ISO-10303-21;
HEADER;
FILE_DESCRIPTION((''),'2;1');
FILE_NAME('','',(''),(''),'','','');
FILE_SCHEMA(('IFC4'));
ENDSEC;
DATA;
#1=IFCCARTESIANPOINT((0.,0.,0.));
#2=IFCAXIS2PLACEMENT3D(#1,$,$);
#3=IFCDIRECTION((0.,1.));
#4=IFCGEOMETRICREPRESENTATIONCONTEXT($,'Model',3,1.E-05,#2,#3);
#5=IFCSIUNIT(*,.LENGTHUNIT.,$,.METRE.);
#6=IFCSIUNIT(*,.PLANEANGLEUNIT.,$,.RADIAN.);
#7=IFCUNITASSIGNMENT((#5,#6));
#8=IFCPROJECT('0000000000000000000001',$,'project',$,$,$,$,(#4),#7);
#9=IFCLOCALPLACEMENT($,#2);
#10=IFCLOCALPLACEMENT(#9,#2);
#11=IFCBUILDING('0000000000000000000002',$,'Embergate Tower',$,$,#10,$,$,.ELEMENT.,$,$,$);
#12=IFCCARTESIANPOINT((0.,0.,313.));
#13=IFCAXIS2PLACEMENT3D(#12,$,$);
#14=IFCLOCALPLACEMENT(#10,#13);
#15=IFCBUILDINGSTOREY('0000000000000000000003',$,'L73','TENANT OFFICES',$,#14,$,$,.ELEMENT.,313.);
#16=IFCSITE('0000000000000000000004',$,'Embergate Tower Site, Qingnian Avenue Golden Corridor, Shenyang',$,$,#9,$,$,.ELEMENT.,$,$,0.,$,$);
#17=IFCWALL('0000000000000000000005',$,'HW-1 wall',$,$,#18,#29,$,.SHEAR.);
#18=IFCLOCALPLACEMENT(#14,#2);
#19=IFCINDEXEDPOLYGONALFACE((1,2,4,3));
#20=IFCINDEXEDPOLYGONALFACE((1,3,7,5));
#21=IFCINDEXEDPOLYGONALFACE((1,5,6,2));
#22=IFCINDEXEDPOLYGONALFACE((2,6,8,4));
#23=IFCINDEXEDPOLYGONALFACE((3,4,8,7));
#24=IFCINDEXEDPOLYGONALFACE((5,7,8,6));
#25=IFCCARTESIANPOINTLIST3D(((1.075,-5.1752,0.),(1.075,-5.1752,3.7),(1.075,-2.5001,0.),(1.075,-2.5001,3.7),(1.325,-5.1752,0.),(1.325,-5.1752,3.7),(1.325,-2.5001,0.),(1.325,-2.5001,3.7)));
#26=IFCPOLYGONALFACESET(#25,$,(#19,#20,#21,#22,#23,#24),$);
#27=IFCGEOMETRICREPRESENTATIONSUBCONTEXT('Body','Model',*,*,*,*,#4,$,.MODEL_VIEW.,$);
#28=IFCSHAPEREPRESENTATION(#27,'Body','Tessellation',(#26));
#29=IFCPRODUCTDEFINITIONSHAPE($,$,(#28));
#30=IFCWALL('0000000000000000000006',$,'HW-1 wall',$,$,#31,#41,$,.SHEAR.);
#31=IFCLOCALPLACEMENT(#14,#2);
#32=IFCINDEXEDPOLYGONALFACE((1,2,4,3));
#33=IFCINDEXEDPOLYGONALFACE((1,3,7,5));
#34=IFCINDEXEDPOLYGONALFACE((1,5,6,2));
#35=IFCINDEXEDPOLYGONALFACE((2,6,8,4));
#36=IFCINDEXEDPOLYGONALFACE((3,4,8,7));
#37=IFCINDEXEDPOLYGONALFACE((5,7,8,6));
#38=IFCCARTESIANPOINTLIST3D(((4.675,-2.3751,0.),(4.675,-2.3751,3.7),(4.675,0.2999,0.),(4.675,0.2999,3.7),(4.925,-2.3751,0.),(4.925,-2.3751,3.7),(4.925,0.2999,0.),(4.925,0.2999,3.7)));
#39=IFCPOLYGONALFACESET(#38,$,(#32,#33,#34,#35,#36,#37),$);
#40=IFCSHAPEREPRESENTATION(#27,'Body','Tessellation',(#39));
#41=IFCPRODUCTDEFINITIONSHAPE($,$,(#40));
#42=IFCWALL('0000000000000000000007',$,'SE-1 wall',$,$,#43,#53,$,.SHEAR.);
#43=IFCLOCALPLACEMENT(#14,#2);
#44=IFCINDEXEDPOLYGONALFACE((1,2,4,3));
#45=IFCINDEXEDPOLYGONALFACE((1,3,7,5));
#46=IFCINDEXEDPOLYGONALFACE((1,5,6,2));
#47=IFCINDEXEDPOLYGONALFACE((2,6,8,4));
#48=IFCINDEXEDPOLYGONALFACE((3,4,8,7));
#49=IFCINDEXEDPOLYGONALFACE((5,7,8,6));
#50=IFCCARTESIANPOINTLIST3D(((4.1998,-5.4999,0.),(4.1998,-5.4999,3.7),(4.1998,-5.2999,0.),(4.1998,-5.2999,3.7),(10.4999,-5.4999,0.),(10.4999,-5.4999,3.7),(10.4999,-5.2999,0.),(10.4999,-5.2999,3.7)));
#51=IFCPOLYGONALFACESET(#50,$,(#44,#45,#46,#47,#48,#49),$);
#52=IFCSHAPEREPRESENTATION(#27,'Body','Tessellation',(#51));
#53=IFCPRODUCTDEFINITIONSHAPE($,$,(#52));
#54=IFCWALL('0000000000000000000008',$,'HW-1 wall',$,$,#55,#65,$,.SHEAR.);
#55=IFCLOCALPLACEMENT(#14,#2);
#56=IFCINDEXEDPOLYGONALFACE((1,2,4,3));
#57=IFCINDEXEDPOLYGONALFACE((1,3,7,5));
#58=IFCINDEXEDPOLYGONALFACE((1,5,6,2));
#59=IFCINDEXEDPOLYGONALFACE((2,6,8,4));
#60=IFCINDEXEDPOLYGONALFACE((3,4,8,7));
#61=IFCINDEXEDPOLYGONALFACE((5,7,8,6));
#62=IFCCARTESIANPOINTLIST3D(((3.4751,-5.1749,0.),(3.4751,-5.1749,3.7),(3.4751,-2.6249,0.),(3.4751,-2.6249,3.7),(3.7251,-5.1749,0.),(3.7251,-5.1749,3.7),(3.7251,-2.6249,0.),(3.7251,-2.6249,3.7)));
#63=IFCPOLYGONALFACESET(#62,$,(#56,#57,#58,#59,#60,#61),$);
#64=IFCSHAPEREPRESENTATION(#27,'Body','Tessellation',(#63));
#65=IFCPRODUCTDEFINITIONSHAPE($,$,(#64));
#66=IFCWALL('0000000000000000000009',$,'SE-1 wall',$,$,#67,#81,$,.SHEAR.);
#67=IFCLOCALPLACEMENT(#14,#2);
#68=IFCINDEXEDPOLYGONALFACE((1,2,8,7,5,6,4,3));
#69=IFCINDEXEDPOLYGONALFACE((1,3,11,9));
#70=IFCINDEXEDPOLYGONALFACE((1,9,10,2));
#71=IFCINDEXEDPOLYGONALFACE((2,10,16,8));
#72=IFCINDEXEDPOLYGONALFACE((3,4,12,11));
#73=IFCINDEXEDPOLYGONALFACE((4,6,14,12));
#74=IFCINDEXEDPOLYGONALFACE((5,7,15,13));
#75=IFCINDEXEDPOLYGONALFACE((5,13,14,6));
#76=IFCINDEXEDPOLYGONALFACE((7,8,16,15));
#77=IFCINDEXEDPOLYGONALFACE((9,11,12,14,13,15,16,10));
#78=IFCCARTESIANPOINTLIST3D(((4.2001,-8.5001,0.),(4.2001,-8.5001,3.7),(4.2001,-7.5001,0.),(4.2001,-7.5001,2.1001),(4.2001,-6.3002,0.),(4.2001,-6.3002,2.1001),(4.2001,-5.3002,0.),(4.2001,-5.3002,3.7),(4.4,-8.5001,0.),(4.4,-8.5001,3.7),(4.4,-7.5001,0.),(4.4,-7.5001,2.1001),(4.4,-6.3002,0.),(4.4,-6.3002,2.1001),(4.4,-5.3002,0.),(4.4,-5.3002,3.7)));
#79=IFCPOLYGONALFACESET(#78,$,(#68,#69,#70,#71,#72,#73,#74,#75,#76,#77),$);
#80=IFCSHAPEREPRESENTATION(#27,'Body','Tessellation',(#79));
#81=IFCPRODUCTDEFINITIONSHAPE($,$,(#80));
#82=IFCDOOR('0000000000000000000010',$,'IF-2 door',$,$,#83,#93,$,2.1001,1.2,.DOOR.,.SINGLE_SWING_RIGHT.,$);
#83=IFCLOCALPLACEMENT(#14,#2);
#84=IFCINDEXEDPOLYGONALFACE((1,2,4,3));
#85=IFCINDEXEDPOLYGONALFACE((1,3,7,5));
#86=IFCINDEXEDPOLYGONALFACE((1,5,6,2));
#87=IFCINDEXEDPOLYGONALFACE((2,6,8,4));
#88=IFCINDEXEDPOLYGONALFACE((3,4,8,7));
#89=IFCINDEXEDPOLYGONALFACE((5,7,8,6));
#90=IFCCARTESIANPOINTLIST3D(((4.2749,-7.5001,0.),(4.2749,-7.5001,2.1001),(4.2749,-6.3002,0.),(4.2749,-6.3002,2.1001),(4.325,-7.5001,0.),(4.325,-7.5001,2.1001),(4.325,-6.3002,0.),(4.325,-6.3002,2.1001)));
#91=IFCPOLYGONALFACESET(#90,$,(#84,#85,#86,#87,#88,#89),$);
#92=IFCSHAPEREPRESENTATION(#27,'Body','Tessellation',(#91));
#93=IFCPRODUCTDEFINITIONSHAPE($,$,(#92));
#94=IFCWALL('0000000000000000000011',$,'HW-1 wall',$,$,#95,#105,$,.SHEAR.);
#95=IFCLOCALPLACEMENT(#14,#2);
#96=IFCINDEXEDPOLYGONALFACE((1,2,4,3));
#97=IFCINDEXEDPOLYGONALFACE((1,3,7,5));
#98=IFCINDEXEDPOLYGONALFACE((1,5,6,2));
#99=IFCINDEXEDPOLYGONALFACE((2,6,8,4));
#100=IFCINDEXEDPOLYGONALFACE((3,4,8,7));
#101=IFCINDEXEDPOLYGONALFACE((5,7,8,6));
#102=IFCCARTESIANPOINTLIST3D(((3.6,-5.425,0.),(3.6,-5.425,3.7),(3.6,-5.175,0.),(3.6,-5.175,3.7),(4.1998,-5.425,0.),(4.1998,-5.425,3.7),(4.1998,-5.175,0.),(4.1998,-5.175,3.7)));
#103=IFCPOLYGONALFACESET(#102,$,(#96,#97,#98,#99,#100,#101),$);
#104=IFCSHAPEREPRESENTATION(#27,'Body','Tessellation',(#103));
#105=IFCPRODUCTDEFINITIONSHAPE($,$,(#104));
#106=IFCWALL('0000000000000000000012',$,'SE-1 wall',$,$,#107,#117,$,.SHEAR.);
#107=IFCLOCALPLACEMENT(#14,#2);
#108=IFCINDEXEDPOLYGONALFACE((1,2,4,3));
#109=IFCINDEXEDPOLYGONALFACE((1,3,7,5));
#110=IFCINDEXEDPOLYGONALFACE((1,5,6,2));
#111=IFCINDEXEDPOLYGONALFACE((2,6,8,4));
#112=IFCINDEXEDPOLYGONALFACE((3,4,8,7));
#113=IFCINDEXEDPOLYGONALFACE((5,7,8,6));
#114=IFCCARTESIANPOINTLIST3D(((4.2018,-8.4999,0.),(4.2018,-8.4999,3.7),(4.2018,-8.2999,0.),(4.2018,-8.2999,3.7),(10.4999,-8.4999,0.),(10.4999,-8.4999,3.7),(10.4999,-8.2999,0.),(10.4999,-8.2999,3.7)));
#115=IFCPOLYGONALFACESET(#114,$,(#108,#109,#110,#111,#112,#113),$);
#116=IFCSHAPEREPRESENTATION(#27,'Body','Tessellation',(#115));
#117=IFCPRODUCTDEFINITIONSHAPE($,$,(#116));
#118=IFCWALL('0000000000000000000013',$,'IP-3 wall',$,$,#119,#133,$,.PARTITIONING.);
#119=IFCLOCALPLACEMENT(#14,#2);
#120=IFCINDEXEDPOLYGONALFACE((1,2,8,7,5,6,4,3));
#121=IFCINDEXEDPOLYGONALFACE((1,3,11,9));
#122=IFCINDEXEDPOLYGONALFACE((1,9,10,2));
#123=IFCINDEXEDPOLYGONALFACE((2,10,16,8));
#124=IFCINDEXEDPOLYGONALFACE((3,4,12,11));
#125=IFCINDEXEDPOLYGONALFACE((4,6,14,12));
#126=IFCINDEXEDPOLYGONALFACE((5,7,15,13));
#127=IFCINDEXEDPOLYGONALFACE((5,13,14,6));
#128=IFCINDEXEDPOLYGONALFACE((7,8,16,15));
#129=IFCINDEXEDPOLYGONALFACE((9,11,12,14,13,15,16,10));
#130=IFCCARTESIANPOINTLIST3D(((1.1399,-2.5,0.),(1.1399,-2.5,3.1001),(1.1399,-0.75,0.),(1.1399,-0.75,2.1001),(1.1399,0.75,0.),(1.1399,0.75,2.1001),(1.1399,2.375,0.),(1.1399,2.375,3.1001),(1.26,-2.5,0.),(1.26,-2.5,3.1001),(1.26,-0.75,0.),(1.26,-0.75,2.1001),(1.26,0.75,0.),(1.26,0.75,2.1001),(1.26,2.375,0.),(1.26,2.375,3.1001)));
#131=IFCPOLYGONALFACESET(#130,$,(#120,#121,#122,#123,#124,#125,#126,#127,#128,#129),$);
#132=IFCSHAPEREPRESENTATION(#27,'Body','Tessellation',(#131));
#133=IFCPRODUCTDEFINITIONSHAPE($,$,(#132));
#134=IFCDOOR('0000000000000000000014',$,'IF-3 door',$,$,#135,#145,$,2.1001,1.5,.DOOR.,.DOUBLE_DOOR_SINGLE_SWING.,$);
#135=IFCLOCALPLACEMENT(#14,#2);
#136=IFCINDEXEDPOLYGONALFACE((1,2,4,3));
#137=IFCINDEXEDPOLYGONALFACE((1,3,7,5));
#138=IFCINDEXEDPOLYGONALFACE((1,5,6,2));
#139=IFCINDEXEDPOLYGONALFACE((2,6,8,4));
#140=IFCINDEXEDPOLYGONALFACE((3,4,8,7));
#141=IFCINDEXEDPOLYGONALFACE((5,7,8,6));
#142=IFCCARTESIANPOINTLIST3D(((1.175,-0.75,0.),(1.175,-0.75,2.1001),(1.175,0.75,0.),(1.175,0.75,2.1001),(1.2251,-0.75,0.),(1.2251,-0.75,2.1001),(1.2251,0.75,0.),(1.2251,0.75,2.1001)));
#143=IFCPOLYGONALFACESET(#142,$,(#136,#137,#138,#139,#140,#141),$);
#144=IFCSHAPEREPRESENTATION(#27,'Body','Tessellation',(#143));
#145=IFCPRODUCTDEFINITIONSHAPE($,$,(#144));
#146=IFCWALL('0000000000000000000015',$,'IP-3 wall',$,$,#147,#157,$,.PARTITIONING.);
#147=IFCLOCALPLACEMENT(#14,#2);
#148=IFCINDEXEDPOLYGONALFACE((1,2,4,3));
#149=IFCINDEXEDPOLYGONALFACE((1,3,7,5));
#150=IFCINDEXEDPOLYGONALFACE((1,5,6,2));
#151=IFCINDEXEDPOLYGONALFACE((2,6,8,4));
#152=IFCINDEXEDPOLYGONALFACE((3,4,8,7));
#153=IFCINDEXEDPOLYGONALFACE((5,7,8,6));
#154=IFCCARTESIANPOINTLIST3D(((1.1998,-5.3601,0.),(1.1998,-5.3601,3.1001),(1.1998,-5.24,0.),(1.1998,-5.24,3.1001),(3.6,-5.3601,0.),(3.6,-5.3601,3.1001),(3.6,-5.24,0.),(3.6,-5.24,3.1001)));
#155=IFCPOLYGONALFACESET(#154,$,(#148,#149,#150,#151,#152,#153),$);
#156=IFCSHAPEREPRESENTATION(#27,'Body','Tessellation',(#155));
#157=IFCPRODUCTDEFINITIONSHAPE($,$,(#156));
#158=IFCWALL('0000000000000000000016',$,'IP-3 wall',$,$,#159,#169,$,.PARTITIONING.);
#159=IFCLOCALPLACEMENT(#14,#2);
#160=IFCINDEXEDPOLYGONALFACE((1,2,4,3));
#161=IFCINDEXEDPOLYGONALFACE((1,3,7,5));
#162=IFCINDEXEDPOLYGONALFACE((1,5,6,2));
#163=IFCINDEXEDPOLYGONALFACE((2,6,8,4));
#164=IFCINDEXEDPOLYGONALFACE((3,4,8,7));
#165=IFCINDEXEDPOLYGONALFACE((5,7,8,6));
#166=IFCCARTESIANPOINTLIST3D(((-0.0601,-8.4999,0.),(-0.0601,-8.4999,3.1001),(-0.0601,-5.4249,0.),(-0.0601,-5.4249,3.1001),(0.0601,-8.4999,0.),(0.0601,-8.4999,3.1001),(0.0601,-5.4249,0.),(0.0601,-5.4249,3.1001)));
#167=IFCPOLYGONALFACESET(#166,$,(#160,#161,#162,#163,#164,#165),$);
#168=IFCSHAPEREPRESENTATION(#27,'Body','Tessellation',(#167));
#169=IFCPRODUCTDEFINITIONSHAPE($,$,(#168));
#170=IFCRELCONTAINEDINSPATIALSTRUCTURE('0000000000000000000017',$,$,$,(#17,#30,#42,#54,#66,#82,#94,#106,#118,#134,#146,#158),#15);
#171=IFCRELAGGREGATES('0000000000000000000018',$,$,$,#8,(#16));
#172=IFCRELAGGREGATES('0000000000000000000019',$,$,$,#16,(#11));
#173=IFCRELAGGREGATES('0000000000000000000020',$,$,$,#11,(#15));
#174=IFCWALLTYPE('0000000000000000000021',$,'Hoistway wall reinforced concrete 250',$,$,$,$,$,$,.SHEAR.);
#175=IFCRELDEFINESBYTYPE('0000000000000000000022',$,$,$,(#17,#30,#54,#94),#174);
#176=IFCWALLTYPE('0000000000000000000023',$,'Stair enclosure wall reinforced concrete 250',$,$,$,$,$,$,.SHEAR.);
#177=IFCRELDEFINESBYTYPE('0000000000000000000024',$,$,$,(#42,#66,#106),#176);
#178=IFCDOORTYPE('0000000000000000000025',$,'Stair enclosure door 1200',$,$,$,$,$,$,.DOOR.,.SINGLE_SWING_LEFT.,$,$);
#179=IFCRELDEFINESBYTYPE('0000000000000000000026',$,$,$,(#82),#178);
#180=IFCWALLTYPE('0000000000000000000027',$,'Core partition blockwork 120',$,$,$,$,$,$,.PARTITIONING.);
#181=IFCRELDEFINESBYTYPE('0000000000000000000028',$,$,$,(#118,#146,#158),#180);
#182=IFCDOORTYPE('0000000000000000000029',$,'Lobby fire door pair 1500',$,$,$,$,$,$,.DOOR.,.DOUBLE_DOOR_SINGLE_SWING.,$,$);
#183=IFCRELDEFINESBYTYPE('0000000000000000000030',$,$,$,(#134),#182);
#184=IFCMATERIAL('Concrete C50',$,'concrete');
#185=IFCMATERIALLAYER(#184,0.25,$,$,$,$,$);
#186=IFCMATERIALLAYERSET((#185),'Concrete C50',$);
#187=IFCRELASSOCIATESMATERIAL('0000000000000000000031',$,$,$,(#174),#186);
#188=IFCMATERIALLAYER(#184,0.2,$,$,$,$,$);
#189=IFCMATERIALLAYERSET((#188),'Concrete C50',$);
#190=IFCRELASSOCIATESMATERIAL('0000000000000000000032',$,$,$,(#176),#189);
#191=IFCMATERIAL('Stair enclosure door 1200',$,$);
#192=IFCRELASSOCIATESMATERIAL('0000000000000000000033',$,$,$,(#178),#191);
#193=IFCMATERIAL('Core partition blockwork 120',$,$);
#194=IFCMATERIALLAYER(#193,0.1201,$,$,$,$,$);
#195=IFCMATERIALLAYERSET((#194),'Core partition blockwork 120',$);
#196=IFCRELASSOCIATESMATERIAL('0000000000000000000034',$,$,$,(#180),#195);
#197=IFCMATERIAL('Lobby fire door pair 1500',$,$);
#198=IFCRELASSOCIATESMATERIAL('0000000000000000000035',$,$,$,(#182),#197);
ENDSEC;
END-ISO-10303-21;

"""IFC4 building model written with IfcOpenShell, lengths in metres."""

from ifc_helpers import new_model, si_unit, direction, frame, frame_2d, origin, place, context, subcontext, project, spatial, rectangle, extrude, source, transform, mapped, material, layer, layer_set, type_object, element, fill, save


model = new_model("IFC4")

# Units and contexts
model_context = context("Model", 3, precision=1e-05, world=origin(), true_north=direction((0.0, 1.0)))
body_context = subcontext(model_context, "Body", "Model", "MODEL_VIEW")
ifc_project = project(units=[si_unit("LENGTHUNIT", "METRE"), si_unit("PLANEANGLEUNIT", "RADIAN")], contexts=[model_context])

# Site, building, storey
site_placement = place(None, origin())
site = spatial("IfcSite", under=ifc_project, at=site_placement, Name="Embergate Tower Site, Qingnian Avenue Golden Corridor, Shenyang", CompositionType="ELEMENT", RefElevation=0.0)
building_placement = place(site_placement, origin())
building = spatial("IfcBuilding", under=site, at=building_placement, Name="Embergate Tower", CompositionType="ELEMENT")
storey_placement = place(building_placement, frame((0.0, 0.0, 313.0)))
storey = spatial("IfcBuildingStorey", under=building, at=storey_placement, Name="L73", Description="TENANT OFFICES", CompositionType="ELEMENT", Elevation=313.0)

# Walls
ifc_material_1 = material(Name="Concrete C50", Category="concrete")
ifc_layer_1 = layer(ifc_material_1, 0.25)
ifc_layer_set_1 = layer_set([ifc_layer_1], Name="Concrete C50")
wall_type_1 = type_object("IfcWallType", Name="Hoistway wall reinforced concrete 250", PredefinedType="SHEAR", material=ifc_layer_set_1)
shared_shape_1 = source(origin(), body_context, "Body", "SweptSolid", [
    extrude(rectangle(XDim=2.675, YDim=0.25, at=frame_2d((1.3374, 0.0))), origin(), (0.0, 0.0, 1.0), 3.7),
])
for number, where, z_axis, x_axis, name in (
    (1, (1.2, -5.175, 0.0), (0.0, 0.0, 1.0), (0.0, 1.0, 0.0), "HW-1 wall"),
    (2, (4.8, -2.375, 0.0), (0.0, 0.0, 1.0), (0.0, 1.0, 0.0), "HW-1 wall"),
):
    element("IfcWall", number, at=place(storey_placement, frame(where, z_axis=z_axis, x_axis=x_axis)), inside=storey, type_object=wall_type_1, Name=name, PredefinedType="SHEAR", context=body_context, shape_type="MappedRepresentation", body=[
        mapped(shared_shape_1, transform((0.0, 0.0, 0.0))),
    ])
ifc_layer_2 = layer(ifc_material_1, 0.2)
ifc_layer_set_2 = layer_set([ifc_layer_2], Name="Concrete C50")
wall_type_2 = type_object("IfcWallType", Name="Stair enclosure wall reinforced concrete 250", PredefinedType="SHEAR", material=ifc_layer_set_2)
shared_shape_2 = source(origin(), body_context, "Body", "SweptSolid", [
    extrude(rectangle(XDim=6.3, YDim=0.2, at=frame_2d((3.1499, 0.0))), origin(), (0.0, 0.0, 1.0), 3.7),
])
wall_1_placement = place(storey_placement, frame((4.2, -5.3999, 0.0), z_axis=(0.0, 0.0, 1.0), x_axis=(1.0, 0.0, 0.0)))
element("IfcWall", 3, at=wall_1_placement, inside=storey, type_object=wall_type_2, Name="SE-1 wall", PredefinedType="SHEAR", context=body_context, shape_type="MappedRepresentation", body=[
    mapped(shared_shape_2, transform((0.0, 0.0, 0.0))),
])
shared_shape_3 = source(origin(), body_context, "Body", "SweptSolid", [
    extrude(rectangle(XDim=2.55, YDim=0.25, at=frame_2d((1.2749, 0.0))), origin(), (0.0, 0.0, 1.0), 3.7),
])
wall_2_placement = place(storey_placement, frame((3.6001, -2.625, 0.0), z_axis=(0.0, 0.0, 1.0), x_axis=(0.0, -1.0, 0.0)))
element("IfcWall", 4, at=wall_2_placement, inside=storey, type_object=wall_type_1, Name="HW-1 wall", PredefinedType="SHEAR", context=body_context, shape_type="MappedRepresentation", body=[
    mapped(shared_shape_3, transform((0.0, 0.0, 0.0))),
])

# Wall, opening, door
shared_shape_4 = source(origin(), body_context, "Body", "SweptSolid", [
    extrude(rectangle(XDim=3.2, YDim=0.2, at=frame_2d((1.6001, 0.0))), origin(), (0.0, 0.0, 1.0), 3.7),
])
wall_3_placement = place(storey_placement, frame((4.3, -5.3, 0.0), z_axis=(0.0, 0.0, 1.0), x_axis=(0.0, -1.0, 0.0)))
wall_3 = element("IfcWall", 5, at=wall_3_placement, inside=storey, type_object=wall_type_2, Name="SE-1 wall", PredefinedType="SHEAR", context=body_context, shape_type="MappedRepresentation", body=[
    mapped(shared_shape_4, transform((0.0, 0.0, 0.0))),
])
shared_shape_5 = source(origin(), body_context, "Body", "SweptSolid", [
    extrude(rectangle(XDim=1.2, YDim=2.1001, at=frame_2d((0.6001, 1.05))), frame((0.0, 0.1099, 0.0), z_axis=(0.0, -1.0, 0.0), x_axis=(1.0, 0.0, 0.0)), (0.0, 0.0, 1.0), 0.22),
])
opening_1_placement = place(wall_3_placement, frame((1.0, 0.0, 0.0)))
opening_1 = element("IfcOpeningElement", 6, at=opening_1_placement, cuts=wall_3, PredefinedType="OPENING", context=body_context, shape_type="MappedRepresentation", body=[
    mapped(shared_shape_5, transform((0.0, 0.0, 0.0))),
])
ifc_material_2 = material(Name="Stair enclosure door 1200")
door_type_1 = type_object("IfcDoorType", Name="Stair enclosure door 1200", OperationType="SINGLE_SWING_LEFT", PredefinedType="DOOR", material=ifc_material_2)
shared_shape_6 = source(origin(), body_context, "Body", "SweptSolid", [
    extrude(rectangle(XDim=1.2, YDim=2.1001, at=frame_2d((0.6001, 1.05))), frame((0.0, 0.0249, 0.0), z_axis=(0.0, -1.0, 0.0), x_axis=(1.0, 0.0, 0.0)), (0.0, 0.0, 1.0), 0.05),
])
door_1_placement = place(opening_1_placement, origin())
door_1 = element("IfcDoor", 7, at=door_1_placement, inside=storey, type_object=door_type_1, Name="IF-2 door", OperationType="SINGLE_SWING_RIGHT", OverallHeight=2.1001, OverallWidth=1.2, PredefinedType="DOOR", context=body_context, shape_type="MappedRepresentation", body=[
    mapped(shared_shape_6, transform((0.0, 0.0, 0.0))),
])
fill(opening_1, door_1)

# Walls
shared_shape_7 = source(origin(), body_context, "Body", "SweptSolid", [
    extrude(rectangle(XDim=0.5999, YDim=0.25, at=frame_2d((0.2998, 0.0))), origin(), (0.0, 0.0, 1.0), 3.7),
])
wall_4_placement = place(storey_placement, frame((3.6001, -5.3, 0.0), z_axis=(0.0, 0.0, 1.0), x_axis=(1.0, 0.0, 0.0)))
element("IfcWall", 8, at=wall_4_placement, inside=storey, type_object=wall_type_1, Name="HW-1 wall", PredefinedType="SHEAR", context=body_context, shape_type="MappedRepresentation", body=[
    mapped(shared_shape_7, transform((0.0, 0.0, 0.0))),
])
shared_shape_8 = source(origin(), body_context, "Body", "SweptSolid", [
    extrude(rectangle(XDim=6.2981, YDim=0.2, at=frame_2d((3.1489, 0.0))), origin(), (0.0, 0.0, 1.0), 3.7),
])
wall_5_placement = place(storey_placement, frame((4.2019, -8.3999, 0.0), z_axis=(0.0, 0.0, 1.0), x_axis=(1.0, 0.0, 0.0)))
element("IfcWall", 9, at=wall_5_placement, inside=storey, type_object=wall_type_2, Name="SE-1 wall", PredefinedType="SHEAR", context=body_context, shape_type="MappedRepresentation", body=[
    mapped(shared_shape_8, transform((0.0, 0.0, 0.0))),
])

# Wall, opening, door
ifc_material_3 = material(Name="Core partition blockwork 120")
ifc_layer_3 = layer(ifc_material_3, 0.1201)
ifc_layer_set_3 = layer_set([ifc_layer_3], Name="Core partition blockwork 120")
wall_type_3 = type_object("IfcWallType", Name="Core partition blockwork 120", PredefinedType="PARTITIONING", material=ifc_layer_set_3)
shared_shape_9 = source(origin(), body_context, "Body", "SweptSolid", [
    extrude(rectangle(XDim=4.875, YDim=0.1201, at=frame_2d((2.4375, 0.0))), origin(), (0.0, 0.0, 1.0), 3.1001),
])
wall_6_placement = place(storey_placement, frame((1.2, -2.5, 0.0), z_axis=(0.0, 0.0, 1.0), x_axis=(0.0, 1.0, 0.0)))
wall_6 = element("IfcWall", 10, at=wall_6_placement, inside=storey, type_object=wall_type_3, Name="IP-3 wall", PredefinedType="PARTITIONING", context=body_context, shape_type="MappedRepresentation", body=[
    mapped(shared_shape_9, transform((0.0, 0.0, 0.0))),
])
shared_shape_10 = source(origin(), body_context, "Body", "SweptSolid", [
    extrude(rectangle(XDim=1.5, YDim=2.1001, at=frame_2d((0.75, 1.05))), frame((0.0, 0.0701, 0.0), z_axis=(0.0, -1.0, 0.0), x_axis=(1.0, 0.0, 0.0)), (0.0, 0.0, 1.0), 0.1401),
])
opening_2_placement = place(wall_6_placement, frame((1.75, 0.0, 0.0)))
opening_2 = element("IfcOpeningElement", 11, at=opening_2_placement, cuts=wall_6, PredefinedType="OPENING", context=body_context, shape_type="MappedRepresentation", body=[
    mapped(shared_shape_10, transform((0.0, 0.0, 0.0))),
])
ifc_material_4 = material(Name="Lobby fire door pair 1500")
door_type_2 = type_object("IfcDoorType", Name="Lobby fire door pair 1500", OperationType="DOUBLE_DOOR_SINGLE_SWING", PredefinedType="DOOR", material=ifc_material_4)
shared_shape_11 = source(origin(), body_context, "Body", "SweptSolid", [
    extrude(rectangle(XDim=1.5, YDim=2.1001, at=frame_2d((0.75, 1.05))), frame((0.0, 0.0249, 0.0), z_axis=(0.0, -1.0, 0.0), x_axis=(1.0, 0.0, 0.0)), (0.0, 0.0, 1.0), 0.05),
])
door_2_placement = place(opening_2_placement, origin())
door_2 = element("IfcDoor", 12, at=door_2_placement, inside=storey, type_object=door_type_2, Name="IF-3 door", OperationType="DOUBLE_DOOR_SINGLE_SWING", OverallHeight=2.1001, OverallWidth=1.5, PredefinedType="DOOR", context=body_context, shape_type="MappedRepresentation", body=[
    mapped(shared_shape_11, transform((0.0, 0.0, 0.0))),
])
fill(opening_2, door_2)

# Walls
shared_shape_12 = source(origin(), body_context, "Body", "SweptSolid", [
    extrude(rectangle(XDim=2.4001, YDim=0.1201, at=frame_2d((1.2002, 0.0))), origin(), (0.0, 0.0, 1.0), 3.1001),
])
wall_7_placement = place(storey_placement, frame((3.6001, -5.3, 0.0), z_axis=(0.0, 0.0, 1.0), x_axis=(-1.0, 0.0, 0.0)))
element("IfcWall", 13, at=wall_7_placement, inside=storey, type_object=wall_type_3, Name="IP-3 wall", PredefinedType="PARTITIONING", context=body_context, shape_type="MappedRepresentation", body=[
    mapped(shared_shape_12, transform((0.0, 0.0, 0.0))),
])
shared_shape_13 = source(origin(), body_context, "Body", "SweptSolid", [
    extrude(rectangle(XDim=3.075, YDim=0.1201, at=frame_2d((1.5376, 0.0))), origin(), (0.0, 0.0, 1.0), 3.1001),
])
wall_8_placement = place(storey_placement, frame((0.0, -8.5, 0.0), z_axis=(0.0, 0.0, 1.0), x_axis=(0.0, 1.0, 0.0)))
element("IfcWall", 14, at=wall_8_placement, inside=storey, type_object=wall_type_3, Name="IP-3 wall", PredefinedType="PARTITIONING", context=body_context, shape_type="MappedRepresentation", body=[
    mapped(shared_shape_13, transform((0.0, 0.0, 0.0))),
])

save(model, "model.ifc")
